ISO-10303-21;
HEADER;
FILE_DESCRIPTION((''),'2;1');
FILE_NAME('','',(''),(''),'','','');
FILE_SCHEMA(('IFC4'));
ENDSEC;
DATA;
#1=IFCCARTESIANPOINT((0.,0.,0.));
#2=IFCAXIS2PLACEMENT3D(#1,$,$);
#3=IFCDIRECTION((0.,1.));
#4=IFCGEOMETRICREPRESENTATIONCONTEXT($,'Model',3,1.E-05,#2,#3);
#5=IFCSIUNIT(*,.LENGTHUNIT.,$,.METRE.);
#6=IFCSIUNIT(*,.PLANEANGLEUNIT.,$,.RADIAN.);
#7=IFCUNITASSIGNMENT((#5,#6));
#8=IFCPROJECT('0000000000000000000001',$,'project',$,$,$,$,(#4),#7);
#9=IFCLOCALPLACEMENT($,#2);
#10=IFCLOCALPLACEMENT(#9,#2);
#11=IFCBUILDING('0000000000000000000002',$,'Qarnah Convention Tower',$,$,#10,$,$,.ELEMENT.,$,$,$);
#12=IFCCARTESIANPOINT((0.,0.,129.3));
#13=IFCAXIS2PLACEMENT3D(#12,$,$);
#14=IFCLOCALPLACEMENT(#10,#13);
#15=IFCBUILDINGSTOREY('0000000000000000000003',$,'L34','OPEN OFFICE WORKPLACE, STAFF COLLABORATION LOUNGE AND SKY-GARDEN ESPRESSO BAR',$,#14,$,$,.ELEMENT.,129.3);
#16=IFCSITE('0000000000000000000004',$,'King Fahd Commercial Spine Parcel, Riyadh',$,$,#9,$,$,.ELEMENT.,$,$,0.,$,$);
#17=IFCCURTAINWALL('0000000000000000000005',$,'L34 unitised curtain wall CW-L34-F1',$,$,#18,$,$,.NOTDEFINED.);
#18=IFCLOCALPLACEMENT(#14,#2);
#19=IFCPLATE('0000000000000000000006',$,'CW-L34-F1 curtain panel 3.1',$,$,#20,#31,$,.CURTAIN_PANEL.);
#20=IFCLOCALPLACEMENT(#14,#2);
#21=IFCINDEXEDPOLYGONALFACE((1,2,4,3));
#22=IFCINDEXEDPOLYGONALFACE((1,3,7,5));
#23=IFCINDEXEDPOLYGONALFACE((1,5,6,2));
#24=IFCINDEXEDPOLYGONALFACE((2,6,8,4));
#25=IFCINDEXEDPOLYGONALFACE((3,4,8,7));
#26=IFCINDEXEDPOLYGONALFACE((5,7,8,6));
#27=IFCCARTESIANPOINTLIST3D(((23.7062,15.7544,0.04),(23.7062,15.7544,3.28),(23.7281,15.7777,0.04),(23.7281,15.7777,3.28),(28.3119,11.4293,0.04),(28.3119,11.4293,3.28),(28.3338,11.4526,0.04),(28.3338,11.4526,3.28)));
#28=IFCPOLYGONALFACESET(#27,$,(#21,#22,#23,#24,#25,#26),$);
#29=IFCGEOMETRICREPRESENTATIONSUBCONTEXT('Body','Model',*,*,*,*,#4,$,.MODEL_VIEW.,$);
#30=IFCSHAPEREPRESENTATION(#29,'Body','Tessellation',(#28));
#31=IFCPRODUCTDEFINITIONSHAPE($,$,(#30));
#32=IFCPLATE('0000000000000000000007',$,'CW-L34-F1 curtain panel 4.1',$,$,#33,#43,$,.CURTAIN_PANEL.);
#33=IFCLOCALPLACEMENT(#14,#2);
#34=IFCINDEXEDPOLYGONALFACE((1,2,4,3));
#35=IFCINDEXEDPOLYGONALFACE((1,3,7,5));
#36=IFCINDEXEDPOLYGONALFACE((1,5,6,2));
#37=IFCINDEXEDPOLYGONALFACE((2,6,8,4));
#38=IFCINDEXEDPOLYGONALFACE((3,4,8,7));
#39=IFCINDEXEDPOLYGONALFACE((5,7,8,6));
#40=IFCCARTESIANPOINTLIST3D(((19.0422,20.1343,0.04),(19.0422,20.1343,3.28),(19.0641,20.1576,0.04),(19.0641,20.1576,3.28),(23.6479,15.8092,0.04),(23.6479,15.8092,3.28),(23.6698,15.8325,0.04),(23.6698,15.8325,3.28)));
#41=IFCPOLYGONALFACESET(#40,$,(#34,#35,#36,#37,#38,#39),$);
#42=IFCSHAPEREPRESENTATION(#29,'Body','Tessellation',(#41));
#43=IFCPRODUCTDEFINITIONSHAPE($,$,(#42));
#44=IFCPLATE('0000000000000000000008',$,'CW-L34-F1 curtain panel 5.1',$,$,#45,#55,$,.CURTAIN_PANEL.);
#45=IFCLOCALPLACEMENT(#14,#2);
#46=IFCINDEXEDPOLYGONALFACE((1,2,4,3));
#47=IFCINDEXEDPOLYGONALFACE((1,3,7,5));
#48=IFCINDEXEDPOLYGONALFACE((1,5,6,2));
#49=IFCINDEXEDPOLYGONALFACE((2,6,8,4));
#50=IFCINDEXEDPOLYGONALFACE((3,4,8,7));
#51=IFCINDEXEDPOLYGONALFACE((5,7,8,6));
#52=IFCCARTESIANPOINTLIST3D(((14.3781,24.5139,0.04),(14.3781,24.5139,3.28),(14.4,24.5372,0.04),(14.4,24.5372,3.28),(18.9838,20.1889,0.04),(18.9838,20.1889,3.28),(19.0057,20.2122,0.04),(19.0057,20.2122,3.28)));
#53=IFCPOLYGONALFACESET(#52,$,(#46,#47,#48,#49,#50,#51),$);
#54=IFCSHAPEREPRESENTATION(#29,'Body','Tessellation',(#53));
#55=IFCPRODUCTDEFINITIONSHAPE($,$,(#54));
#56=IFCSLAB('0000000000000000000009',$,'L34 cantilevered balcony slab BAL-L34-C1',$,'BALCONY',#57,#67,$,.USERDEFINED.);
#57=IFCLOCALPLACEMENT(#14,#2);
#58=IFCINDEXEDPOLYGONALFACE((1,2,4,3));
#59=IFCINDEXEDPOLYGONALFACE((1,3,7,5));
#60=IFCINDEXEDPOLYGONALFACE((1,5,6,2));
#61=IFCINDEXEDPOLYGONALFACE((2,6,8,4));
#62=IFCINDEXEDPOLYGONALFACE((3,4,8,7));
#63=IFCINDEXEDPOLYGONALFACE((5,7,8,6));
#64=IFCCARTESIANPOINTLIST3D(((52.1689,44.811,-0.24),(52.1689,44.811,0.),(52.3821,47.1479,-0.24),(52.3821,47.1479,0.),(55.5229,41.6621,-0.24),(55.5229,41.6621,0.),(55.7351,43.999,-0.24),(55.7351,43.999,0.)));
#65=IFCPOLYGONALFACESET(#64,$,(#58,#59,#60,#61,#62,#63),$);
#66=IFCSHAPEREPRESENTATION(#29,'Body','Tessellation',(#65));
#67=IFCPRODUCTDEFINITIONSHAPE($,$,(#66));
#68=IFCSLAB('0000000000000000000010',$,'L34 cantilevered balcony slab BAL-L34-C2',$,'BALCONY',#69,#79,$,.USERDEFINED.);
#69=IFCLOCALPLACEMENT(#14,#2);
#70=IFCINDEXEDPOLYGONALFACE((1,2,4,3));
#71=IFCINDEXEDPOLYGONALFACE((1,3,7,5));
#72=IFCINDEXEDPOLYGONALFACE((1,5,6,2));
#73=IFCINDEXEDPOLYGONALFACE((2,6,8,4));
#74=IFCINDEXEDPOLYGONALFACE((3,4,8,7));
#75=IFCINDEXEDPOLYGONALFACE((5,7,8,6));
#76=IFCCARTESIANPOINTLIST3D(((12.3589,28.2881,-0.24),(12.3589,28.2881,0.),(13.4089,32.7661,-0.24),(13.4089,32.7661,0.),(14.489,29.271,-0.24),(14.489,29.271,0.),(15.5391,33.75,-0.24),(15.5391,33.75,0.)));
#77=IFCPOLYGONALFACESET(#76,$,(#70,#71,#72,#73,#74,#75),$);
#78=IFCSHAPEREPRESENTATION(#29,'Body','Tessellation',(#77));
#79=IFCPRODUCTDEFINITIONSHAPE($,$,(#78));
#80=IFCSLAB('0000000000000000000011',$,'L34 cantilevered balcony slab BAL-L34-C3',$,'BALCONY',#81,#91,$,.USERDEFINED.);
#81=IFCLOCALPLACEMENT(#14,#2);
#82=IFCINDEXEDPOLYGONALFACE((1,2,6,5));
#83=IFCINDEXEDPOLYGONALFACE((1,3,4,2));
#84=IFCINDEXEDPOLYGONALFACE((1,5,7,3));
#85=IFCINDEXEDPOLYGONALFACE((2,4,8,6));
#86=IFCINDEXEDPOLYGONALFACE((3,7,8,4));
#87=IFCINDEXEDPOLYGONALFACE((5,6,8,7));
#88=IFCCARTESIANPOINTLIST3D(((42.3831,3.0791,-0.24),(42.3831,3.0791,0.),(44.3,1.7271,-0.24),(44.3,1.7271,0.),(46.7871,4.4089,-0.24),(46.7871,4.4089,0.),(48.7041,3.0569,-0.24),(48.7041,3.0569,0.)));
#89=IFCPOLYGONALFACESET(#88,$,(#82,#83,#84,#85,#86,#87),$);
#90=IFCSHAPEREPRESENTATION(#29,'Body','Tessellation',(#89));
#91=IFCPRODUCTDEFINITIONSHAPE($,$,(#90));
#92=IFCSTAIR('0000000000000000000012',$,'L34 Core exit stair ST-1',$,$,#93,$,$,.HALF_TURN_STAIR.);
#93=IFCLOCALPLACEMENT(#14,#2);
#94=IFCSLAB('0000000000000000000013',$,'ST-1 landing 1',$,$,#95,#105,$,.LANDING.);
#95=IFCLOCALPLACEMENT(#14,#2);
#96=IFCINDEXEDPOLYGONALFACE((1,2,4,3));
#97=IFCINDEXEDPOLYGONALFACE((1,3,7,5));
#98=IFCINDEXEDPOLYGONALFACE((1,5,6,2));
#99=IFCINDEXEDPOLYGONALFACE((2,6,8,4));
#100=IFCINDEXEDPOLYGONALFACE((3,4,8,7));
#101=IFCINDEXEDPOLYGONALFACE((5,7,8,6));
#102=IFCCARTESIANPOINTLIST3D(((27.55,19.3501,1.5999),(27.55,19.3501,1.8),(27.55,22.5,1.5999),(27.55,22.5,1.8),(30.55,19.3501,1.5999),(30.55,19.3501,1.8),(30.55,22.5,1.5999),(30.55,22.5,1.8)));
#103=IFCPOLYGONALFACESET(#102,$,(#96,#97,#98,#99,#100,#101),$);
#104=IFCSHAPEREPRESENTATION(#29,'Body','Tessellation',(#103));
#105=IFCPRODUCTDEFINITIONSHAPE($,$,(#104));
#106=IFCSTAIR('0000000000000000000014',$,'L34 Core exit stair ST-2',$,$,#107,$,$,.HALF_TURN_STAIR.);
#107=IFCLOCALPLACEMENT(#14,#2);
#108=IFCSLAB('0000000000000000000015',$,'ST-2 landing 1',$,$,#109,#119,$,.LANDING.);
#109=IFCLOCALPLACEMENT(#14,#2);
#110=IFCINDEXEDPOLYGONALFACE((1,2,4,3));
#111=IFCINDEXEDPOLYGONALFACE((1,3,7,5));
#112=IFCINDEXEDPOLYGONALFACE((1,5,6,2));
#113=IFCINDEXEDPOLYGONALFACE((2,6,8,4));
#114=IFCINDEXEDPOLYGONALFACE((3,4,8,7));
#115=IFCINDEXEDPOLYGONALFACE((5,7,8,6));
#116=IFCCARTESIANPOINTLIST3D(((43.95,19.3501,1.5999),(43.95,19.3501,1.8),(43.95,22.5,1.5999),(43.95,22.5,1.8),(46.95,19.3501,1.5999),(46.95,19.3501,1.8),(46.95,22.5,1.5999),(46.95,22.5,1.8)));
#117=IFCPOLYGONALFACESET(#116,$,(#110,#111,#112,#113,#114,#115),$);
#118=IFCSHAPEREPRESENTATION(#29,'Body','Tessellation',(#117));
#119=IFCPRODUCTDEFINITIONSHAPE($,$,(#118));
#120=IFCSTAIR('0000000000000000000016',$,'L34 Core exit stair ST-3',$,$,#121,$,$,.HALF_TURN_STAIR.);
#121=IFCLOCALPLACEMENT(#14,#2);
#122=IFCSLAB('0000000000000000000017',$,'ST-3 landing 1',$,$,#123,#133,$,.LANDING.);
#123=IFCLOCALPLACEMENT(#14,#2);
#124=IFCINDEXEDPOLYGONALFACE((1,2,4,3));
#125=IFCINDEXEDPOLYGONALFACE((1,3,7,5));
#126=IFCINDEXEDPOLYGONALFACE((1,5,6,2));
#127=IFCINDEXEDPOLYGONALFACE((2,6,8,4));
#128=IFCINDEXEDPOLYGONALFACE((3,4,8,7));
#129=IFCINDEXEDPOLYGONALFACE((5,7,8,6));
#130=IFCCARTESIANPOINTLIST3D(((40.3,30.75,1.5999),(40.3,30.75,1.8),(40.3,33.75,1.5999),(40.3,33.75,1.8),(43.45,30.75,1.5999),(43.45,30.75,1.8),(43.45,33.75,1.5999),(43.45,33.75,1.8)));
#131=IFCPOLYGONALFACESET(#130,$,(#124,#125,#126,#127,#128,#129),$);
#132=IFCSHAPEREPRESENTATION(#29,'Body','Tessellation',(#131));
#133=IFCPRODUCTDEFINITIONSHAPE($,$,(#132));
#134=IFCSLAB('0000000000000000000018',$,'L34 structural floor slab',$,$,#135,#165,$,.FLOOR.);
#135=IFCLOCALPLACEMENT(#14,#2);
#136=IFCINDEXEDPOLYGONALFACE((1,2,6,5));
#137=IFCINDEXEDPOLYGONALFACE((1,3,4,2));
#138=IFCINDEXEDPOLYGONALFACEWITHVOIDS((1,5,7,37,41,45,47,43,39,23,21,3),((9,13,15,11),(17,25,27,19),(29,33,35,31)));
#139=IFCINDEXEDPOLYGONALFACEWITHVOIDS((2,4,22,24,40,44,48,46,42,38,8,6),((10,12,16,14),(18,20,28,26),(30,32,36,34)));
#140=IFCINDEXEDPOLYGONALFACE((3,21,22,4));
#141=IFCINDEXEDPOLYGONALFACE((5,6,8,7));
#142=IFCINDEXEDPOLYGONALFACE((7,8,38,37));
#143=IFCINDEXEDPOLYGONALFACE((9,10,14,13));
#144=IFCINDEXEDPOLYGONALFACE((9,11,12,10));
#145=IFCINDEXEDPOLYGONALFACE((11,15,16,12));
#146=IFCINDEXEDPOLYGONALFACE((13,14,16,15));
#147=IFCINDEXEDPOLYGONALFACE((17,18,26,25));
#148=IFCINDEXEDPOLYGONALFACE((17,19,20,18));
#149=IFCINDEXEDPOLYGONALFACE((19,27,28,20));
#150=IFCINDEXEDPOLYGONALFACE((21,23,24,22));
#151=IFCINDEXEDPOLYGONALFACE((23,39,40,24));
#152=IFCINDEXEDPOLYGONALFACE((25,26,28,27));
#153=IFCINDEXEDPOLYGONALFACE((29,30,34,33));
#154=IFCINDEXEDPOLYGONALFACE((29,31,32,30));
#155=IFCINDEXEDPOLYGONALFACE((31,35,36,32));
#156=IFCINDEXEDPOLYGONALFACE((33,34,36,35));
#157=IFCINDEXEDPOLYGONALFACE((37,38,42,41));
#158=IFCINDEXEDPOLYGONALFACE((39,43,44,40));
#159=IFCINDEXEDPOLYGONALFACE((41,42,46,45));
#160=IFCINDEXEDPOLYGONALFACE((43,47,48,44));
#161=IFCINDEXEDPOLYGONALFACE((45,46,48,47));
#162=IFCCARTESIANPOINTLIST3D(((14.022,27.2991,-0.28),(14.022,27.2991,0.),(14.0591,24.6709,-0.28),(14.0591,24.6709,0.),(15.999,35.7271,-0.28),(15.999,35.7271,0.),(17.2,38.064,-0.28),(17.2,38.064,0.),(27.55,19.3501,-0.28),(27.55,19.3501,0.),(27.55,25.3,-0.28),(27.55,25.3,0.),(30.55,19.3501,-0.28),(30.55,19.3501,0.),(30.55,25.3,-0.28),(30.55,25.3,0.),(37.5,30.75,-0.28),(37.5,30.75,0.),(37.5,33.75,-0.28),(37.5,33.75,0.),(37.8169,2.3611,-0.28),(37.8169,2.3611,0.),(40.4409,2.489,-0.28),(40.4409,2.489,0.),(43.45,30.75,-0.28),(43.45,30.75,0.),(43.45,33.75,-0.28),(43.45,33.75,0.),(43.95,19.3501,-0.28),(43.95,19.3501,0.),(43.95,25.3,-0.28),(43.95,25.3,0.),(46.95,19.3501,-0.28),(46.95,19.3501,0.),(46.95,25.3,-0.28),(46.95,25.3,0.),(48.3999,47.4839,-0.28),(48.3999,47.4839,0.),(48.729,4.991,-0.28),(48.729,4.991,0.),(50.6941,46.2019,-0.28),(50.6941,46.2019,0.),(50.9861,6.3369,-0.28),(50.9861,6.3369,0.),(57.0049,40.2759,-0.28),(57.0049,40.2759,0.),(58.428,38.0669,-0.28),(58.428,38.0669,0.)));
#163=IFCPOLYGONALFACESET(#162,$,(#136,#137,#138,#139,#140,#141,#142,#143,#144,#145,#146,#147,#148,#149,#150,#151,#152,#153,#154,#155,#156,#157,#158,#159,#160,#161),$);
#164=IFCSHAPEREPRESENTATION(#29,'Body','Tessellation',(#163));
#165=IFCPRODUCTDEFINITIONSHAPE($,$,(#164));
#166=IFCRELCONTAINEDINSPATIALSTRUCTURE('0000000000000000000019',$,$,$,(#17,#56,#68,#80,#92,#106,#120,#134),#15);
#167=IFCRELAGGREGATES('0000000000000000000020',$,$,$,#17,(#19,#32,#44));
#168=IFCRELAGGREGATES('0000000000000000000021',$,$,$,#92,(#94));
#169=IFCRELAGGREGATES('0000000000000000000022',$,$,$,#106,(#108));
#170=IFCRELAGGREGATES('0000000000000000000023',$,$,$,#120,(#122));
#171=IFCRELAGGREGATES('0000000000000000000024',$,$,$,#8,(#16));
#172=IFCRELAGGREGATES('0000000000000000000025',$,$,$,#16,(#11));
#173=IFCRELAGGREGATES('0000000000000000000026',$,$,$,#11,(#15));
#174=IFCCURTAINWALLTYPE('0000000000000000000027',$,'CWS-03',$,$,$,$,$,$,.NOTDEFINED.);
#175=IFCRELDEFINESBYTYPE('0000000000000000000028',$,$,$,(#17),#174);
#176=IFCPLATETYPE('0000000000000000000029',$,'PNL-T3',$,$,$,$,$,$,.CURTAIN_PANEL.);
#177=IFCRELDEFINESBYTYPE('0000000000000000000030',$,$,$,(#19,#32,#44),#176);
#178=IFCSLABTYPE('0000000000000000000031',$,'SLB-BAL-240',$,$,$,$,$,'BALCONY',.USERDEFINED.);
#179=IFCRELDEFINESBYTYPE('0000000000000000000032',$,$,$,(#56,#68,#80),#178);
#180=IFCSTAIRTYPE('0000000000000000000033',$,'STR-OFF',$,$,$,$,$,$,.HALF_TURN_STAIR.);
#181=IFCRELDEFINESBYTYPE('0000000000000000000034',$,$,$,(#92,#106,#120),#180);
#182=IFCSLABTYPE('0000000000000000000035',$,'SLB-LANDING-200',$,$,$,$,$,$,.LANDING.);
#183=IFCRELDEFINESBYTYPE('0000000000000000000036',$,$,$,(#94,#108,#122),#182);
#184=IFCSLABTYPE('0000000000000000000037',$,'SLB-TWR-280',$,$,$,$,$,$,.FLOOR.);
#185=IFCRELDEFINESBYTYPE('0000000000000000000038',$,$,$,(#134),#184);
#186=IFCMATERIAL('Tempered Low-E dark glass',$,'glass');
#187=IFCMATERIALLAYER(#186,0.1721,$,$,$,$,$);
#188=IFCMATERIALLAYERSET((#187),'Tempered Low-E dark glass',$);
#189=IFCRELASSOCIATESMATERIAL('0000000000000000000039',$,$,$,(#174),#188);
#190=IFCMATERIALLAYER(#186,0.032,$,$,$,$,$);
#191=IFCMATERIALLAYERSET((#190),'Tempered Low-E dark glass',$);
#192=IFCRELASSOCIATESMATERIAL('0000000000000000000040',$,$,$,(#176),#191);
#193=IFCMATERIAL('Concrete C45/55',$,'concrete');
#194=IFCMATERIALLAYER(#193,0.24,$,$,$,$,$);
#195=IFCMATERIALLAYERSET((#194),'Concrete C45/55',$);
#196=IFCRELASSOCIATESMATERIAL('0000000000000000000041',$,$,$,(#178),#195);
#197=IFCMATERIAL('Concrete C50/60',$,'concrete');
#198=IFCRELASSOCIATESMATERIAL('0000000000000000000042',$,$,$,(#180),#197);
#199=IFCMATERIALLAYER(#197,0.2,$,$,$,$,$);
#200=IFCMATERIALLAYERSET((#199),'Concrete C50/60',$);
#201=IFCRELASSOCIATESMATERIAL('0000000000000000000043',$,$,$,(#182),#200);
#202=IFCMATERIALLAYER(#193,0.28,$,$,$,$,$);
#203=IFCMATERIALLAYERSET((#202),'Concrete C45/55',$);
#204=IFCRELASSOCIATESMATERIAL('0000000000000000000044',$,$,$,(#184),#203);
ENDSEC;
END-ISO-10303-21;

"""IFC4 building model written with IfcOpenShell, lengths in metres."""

from ifc_helpers import new_model, si_unit, direction, frame, origin, origin_2d, place, context, subcontext, project, spatial, polyline, rectangle, outline, extrude, material, layer, layer_set, type_object, element, aggregate, save


model = new_model("IFC4")

# Units and contexts
model_context = context("Model", 3, precision=1e-05, world=origin(), true_north=direction((0.0, 1.0)))
body_context = subcontext(model_context, "Body", "Model", "MODEL_VIEW")
ifc_project = project(units=[si_unit("LENGTHUNIT", "METRE"), si_unit("PLANEANGLEUNIT", "RADIAN")], contexts=[model_context])

# Site, building, storey
site_placement = place(None, origin())
site = spatial("IfcSite", under=ifc_project, at=site_placement, Name="King Fahd Commercial Spine Parcel, Riyadh", CompositionType="ELEMENT", RefElevation=0.0)
building_placement = place(site_placement, origin())
building = spatial("IfcBuilding", under=site, at=building_placement, Name="Qarnah Convention Tower", CompositionType="ELEMENT")
storey_placement = place(building_placement, frame((0.0, 0.0, 129.3)))
storey = spatial("IfcBuildingStorey", under=building, at=storey_placement, Name="L34", Description="OPEN OFFICE WORKPLACE, STAFF COLLABORATION LOUNGE AND SKY-GARDEN ESPRESSO BAR", CompositionType="ELEMENT", Elevation=129.3)

# Curtain wall, plates
ifc_material_1 = material(Name="Tempered Low-E dark glass", Category="glass")
ifc_layer_1 = layer(ifc_material_1, 0.1721)
ifc_layer_set_1 = layer_set([ifc_layer_1], Name="Tempered Low-E dark glass")
curtain_wall_type = type_object("IfcCurtainWallType", Name="CWS-03", PredefinedType="NOTDEFINED", material=ifc_layer_set_1)
curtain_wall_placement = place(storey_placement, origin())
curtain_wall = element("IfcCurtainWall", 1, at=curtain_wall_placement, inside=storey, type_object=curtain_wall_type, Name="L34 unitised curtain wall CW-L34-F1", PredefinedType="NOTDEFINED")
ifc_layer_2 = layer(ifc_material_1, 0.032)
ifc_layer_set_2 = layer_set([ifc_layer_2], Name="Tempered Low-E dark glass")
plate_type = type_object("IfcPlateType", Name="PNL-T3", PredefinedType="CURTAIN_PANEL", material=ifc_layer_set_2)
plate_1_placement = place(storey_placement, frame((26.02, 13.6035, 0.04), z_axis=(0.0, 0.0, 1.0), x_axis=(-0.728968, 0.684548, 0.0)))
plate_1 = element("IfcPlate", 2, at=plate_1_placement, type_object=plate_type, Name="CW-L34-F1 curtain panel 3.1", PredefinedType="CURTAIN_PANEL", context=body_context, shape_type="SweptSolid", body=[
    extrude(rectangle(XDim=6.3181, YDim=0.032, at=origin_2d()), origin(), (0.0, 0.0, 1.0), 3.24),
])
plate_2_placement = place(storey_placement, frame((21.356, 17.9834, 0.04), z_axis=(0.0, 0.0, 1.0), x_axis=(-0.728968, 0.684548, 0.0)))
plate_2 = element("IfcPlate", 3, at=plate_2_placement, type_object=plate_type, Name="CW-L34-F1 curtain panel 4.1", PredefinedType="CURTAIN_PANEL", context=body_context, shape_type="SweptSolid", body=[
    extrude(rectangle(XDim=6.3181, YDim=0.032, at=origin_2d()), origin(), (0.0, 0.0, 1.0), 3.24),
])
plate_3_placement = place(storey_placement, frame((16.6919, 22.363, 0.04), z_axis=(0.0, 0.0, 1.0), x_axis=(-0.728968, 0.684548, 0.0)))
plate_3 = element("IfcPlate", 4, at=plate_3_placement, type_object=plate_type, Name="CW-L34-F1 curtain panel 5.1", PredefinedType="CURTAIN_PANEL", context=body_context, shape_type="SweptSolid", body=[
    extrude(rectangle(XDim=6.3181, YDim=0.032, at=origin_2d()), origin(), (0.0, 0.0, 1.0), 3.24),
])
aggregate(curtain_wall, [plate_1, plate_2, plate_3])

# Slabs
ifc_material_2 = material(Name="Concrete C45/55", Category="concrete")
ifc_layer_3 = layer(ifc_material_2, 0.24)
ifc_layer_set_3 = layer_set([ifc_layer_3], Name="Concrete C45/55")
slab_type_1 = type_object("IfcSlabType", Name="SLB-BAL-240", ElementType="BALCONY", PredefinedType="USERDEFINED", material=ifc_layer_set_3)
slab_1_placement = place(storey_placement, frame((0.0, 0.0, -0.24)))
element("IfcSlab", 5, at=slab_1_placement, inside=storey, type_object=slab_type_1, Name="L34 cantilevered balcony slab BAL-L34-C1", ObjectType="BALCONY", PredefinedType="USERDEFINED", context=body_context, shape_type="SweptSolid", body=[
    extrude(outline(polyline([(52.3821, 47.1479), (55.7351, 43.999), (55.5229, 41.6621), (52.1689, 44.811), (52.3821, 47.1479)])), origin(), (0.0, 0.0, 1.0), 0.24),
])
slab_2_placement = place(storey_placement, frame((0.0, 0.0, -0.24)))
element("IfcSlab", 6, at=slab_2_placement, inside=storey, type_object=slab_type_1, Name="L34 cantilevered balcony slab BAL-L34-C2", ObjectType="BALCONY", PredefinedType="USERDEFINED", context=body_context, shape_type="SweptSolid", body=[
    extrude(outline(polyline([(12.3589, 28.2881), (13.4089, 32.7661), (15.5391, 33.75), (14.489, 29.271), (12.3589, 28.2881)])), origin(), (0.0, 0.0, 1.0), 0.24),
])
slab_3_placement = place(storey_placement, frame((0.0, 0.0, -0.24)))
element("IfcSlab", 7, at=slab_3_placement, inside=storey, type_object=slab_type_1, Name="L34 cantilevered balcony slab BAL-L34-C3", ObjectType="BALCONY", PredefinedType="USERDEFINED", context=body_context, shape_type="SweptSolid", body=[
    extrude(outline(polyline([(48.7041, 3.0569), (44.3, 1.7271), (42.3831, 3.0791), (46.7871, 4.4089), (48.7041, 3.0569)])), origin(), (0.0, 0.0, 1.0), 0.24),
])

# Stairs, slabs
ifc_material_3 = material(Name="Concrete C50/60", Category="concrete")
stair_type = type_object("IfcStairType", Name="STR-OFF", PredefinedType="HALF_TURN_STAIR", material=ifc_material_3)
stair_1_placement = place(storey_placement, origin())
stair_1 = element("IfcStair", 8, at=stair_1_placement, inside=storey, type_object=stair_type, Name="L34 Core exit stair ST-1", PredefinedType="HALF_TURN_STAIR")
ifc_layer_4 = layer(ifc_material_3, 0.2)
ifc_layer_set_4 = layer_set([ifc_layer_4], Name="Concrete C50/60")
slab_type_2 = type_object("IfcSlabType", Name="SLB-LANDING-200", PredefinedType="LANDING", material=ifc_layer_set_4)
slab_4_placement = place(storey_placement, frame((0.0, 0.0, 1.5999)))
slab_4 = element("IfcSlab", 9, at=slab_4_placement, type_object=slab_type_2, Name="ST-1 landing 1", PredefinedType="LANDING", context=body_context, shape_type="SweptSolid", body=[
    extrude(outline(polyline([(27.55, 22.5), (27.55, 19.3501), (30.55, 19.3501), (30.55, 22.5), (27.55, 22.5)])), origin(), (0.0, 0.0, 1.0), 0.2002),
])
aggregate(stair_1, [slab_4])
stair_2_placement = place(storey_placement, origin())
stair_2 = element("IfcStair", 10, at=stair_2_placement, inside=storey, type_object=stair_type, Name="L34 Core exit stair ST-2", PredefinedType="HALF_TURN_STAIR")
slab_5_placement = place(storey_placement, frame((0.0, 0.0, 1.5999)))
slab_5 = element("IfcSlab", 11, at=slab_5_placement, type_object=slab_type_2, Name="ST-2 landing 1", PredefinedType="LANDING", context=body_context, shape_type="SweptSolid", body=[
    extrude(outline(polyline([(43.95, 22.5), (43.95, 19.3501), (46.95, 19.3501), (46.95, 22.5), (43.95, 22.5)])), origin(), (0.0, 0.0, 1.0), 0.2002),
])
aggregate(stair_2, [slab_5])
stair_3_placement = place(storey_placement, origin())
stair_3 = element("IfcStair", 12, at=stair_3_placement, inside=storey, type_object=stair_type, Name="L34 Core exit stair ST-3", PredefinedType="HALF_TURN_STAIR")
slab_6_placement = place(storey_placement, frame((0.0, 0.0, 1.5999)))
slab_6 = element("IfcSlab", 13, at=slab_6_placement, type_object=slab_type_2, Name="ST-3 landing 1", PredefinedType="LANDING", context=body_context, shape_type="SweptSolid", body=[
    extrude(outline(polyline([(40.3, 30.75), (43.45, 30.75), (43.45, 33.75), (40.3, 33.75), (40.3, 30.75)])), origin(), (0.0, 0.0, 1.0), 0.2002),
])
aggregate(stair_3, [slab_6])

# Slab
ifc_layer_5 = layer(ifc_material_2, 0.28)
ifc_layer_set_5 = layer_set([ifc_layer_5], Name="Concrete C45/55")
slab_type_3 = type_object("IfcSlabType", Name="SLB-TWR-280", PredefinedType="FLOOR", material=ifc_layer_set_5)
slab_7_placement = place(storey_placement, frame((0.0, 0.0, -0.28)))
element("IfcSlab", 14, at=slab_7_placement, inside=storey, type_object=slab_type_3, Name="L34 structural floor slab", PredefinedType="FLOOR", context=body_context, shape_type="SweptSolid", body=[
    extrude(outline(polyline([(48.3999, 47.4839), (17.2, 38.064), (15.999, 35.7271), (14.022, 27.2991), (14.0591, 24.6709), (37.8169, 2.3611), (40.4409, 2.489), (48.729, 4.991), (50.9861, 6.3369), (58.428, 38.0669), (57.0049, 40.2759), (50.6941, 46.2019), (48.3999, 47.4839)]), holes=[polyline([(27.55, 25.3), (27.55, 19.3501), (30.55, 19.3501), (30.55, 25.3), (27.55, 25.3)]), polyline([(43.95, 25.3), (43.95, 19.3501), (46.95, 19.3501), (46.95, 25.3), (43.95, 25.3)]), polyline([(37.5, 30.75), (43.45, 30.75), (43.45, 33.75), (37.5, 33.75), (37.5, 30.75)])]), origin(), (0.0, 0.0, 1.0), 0.28),
])

save(model, "model.ifc")
